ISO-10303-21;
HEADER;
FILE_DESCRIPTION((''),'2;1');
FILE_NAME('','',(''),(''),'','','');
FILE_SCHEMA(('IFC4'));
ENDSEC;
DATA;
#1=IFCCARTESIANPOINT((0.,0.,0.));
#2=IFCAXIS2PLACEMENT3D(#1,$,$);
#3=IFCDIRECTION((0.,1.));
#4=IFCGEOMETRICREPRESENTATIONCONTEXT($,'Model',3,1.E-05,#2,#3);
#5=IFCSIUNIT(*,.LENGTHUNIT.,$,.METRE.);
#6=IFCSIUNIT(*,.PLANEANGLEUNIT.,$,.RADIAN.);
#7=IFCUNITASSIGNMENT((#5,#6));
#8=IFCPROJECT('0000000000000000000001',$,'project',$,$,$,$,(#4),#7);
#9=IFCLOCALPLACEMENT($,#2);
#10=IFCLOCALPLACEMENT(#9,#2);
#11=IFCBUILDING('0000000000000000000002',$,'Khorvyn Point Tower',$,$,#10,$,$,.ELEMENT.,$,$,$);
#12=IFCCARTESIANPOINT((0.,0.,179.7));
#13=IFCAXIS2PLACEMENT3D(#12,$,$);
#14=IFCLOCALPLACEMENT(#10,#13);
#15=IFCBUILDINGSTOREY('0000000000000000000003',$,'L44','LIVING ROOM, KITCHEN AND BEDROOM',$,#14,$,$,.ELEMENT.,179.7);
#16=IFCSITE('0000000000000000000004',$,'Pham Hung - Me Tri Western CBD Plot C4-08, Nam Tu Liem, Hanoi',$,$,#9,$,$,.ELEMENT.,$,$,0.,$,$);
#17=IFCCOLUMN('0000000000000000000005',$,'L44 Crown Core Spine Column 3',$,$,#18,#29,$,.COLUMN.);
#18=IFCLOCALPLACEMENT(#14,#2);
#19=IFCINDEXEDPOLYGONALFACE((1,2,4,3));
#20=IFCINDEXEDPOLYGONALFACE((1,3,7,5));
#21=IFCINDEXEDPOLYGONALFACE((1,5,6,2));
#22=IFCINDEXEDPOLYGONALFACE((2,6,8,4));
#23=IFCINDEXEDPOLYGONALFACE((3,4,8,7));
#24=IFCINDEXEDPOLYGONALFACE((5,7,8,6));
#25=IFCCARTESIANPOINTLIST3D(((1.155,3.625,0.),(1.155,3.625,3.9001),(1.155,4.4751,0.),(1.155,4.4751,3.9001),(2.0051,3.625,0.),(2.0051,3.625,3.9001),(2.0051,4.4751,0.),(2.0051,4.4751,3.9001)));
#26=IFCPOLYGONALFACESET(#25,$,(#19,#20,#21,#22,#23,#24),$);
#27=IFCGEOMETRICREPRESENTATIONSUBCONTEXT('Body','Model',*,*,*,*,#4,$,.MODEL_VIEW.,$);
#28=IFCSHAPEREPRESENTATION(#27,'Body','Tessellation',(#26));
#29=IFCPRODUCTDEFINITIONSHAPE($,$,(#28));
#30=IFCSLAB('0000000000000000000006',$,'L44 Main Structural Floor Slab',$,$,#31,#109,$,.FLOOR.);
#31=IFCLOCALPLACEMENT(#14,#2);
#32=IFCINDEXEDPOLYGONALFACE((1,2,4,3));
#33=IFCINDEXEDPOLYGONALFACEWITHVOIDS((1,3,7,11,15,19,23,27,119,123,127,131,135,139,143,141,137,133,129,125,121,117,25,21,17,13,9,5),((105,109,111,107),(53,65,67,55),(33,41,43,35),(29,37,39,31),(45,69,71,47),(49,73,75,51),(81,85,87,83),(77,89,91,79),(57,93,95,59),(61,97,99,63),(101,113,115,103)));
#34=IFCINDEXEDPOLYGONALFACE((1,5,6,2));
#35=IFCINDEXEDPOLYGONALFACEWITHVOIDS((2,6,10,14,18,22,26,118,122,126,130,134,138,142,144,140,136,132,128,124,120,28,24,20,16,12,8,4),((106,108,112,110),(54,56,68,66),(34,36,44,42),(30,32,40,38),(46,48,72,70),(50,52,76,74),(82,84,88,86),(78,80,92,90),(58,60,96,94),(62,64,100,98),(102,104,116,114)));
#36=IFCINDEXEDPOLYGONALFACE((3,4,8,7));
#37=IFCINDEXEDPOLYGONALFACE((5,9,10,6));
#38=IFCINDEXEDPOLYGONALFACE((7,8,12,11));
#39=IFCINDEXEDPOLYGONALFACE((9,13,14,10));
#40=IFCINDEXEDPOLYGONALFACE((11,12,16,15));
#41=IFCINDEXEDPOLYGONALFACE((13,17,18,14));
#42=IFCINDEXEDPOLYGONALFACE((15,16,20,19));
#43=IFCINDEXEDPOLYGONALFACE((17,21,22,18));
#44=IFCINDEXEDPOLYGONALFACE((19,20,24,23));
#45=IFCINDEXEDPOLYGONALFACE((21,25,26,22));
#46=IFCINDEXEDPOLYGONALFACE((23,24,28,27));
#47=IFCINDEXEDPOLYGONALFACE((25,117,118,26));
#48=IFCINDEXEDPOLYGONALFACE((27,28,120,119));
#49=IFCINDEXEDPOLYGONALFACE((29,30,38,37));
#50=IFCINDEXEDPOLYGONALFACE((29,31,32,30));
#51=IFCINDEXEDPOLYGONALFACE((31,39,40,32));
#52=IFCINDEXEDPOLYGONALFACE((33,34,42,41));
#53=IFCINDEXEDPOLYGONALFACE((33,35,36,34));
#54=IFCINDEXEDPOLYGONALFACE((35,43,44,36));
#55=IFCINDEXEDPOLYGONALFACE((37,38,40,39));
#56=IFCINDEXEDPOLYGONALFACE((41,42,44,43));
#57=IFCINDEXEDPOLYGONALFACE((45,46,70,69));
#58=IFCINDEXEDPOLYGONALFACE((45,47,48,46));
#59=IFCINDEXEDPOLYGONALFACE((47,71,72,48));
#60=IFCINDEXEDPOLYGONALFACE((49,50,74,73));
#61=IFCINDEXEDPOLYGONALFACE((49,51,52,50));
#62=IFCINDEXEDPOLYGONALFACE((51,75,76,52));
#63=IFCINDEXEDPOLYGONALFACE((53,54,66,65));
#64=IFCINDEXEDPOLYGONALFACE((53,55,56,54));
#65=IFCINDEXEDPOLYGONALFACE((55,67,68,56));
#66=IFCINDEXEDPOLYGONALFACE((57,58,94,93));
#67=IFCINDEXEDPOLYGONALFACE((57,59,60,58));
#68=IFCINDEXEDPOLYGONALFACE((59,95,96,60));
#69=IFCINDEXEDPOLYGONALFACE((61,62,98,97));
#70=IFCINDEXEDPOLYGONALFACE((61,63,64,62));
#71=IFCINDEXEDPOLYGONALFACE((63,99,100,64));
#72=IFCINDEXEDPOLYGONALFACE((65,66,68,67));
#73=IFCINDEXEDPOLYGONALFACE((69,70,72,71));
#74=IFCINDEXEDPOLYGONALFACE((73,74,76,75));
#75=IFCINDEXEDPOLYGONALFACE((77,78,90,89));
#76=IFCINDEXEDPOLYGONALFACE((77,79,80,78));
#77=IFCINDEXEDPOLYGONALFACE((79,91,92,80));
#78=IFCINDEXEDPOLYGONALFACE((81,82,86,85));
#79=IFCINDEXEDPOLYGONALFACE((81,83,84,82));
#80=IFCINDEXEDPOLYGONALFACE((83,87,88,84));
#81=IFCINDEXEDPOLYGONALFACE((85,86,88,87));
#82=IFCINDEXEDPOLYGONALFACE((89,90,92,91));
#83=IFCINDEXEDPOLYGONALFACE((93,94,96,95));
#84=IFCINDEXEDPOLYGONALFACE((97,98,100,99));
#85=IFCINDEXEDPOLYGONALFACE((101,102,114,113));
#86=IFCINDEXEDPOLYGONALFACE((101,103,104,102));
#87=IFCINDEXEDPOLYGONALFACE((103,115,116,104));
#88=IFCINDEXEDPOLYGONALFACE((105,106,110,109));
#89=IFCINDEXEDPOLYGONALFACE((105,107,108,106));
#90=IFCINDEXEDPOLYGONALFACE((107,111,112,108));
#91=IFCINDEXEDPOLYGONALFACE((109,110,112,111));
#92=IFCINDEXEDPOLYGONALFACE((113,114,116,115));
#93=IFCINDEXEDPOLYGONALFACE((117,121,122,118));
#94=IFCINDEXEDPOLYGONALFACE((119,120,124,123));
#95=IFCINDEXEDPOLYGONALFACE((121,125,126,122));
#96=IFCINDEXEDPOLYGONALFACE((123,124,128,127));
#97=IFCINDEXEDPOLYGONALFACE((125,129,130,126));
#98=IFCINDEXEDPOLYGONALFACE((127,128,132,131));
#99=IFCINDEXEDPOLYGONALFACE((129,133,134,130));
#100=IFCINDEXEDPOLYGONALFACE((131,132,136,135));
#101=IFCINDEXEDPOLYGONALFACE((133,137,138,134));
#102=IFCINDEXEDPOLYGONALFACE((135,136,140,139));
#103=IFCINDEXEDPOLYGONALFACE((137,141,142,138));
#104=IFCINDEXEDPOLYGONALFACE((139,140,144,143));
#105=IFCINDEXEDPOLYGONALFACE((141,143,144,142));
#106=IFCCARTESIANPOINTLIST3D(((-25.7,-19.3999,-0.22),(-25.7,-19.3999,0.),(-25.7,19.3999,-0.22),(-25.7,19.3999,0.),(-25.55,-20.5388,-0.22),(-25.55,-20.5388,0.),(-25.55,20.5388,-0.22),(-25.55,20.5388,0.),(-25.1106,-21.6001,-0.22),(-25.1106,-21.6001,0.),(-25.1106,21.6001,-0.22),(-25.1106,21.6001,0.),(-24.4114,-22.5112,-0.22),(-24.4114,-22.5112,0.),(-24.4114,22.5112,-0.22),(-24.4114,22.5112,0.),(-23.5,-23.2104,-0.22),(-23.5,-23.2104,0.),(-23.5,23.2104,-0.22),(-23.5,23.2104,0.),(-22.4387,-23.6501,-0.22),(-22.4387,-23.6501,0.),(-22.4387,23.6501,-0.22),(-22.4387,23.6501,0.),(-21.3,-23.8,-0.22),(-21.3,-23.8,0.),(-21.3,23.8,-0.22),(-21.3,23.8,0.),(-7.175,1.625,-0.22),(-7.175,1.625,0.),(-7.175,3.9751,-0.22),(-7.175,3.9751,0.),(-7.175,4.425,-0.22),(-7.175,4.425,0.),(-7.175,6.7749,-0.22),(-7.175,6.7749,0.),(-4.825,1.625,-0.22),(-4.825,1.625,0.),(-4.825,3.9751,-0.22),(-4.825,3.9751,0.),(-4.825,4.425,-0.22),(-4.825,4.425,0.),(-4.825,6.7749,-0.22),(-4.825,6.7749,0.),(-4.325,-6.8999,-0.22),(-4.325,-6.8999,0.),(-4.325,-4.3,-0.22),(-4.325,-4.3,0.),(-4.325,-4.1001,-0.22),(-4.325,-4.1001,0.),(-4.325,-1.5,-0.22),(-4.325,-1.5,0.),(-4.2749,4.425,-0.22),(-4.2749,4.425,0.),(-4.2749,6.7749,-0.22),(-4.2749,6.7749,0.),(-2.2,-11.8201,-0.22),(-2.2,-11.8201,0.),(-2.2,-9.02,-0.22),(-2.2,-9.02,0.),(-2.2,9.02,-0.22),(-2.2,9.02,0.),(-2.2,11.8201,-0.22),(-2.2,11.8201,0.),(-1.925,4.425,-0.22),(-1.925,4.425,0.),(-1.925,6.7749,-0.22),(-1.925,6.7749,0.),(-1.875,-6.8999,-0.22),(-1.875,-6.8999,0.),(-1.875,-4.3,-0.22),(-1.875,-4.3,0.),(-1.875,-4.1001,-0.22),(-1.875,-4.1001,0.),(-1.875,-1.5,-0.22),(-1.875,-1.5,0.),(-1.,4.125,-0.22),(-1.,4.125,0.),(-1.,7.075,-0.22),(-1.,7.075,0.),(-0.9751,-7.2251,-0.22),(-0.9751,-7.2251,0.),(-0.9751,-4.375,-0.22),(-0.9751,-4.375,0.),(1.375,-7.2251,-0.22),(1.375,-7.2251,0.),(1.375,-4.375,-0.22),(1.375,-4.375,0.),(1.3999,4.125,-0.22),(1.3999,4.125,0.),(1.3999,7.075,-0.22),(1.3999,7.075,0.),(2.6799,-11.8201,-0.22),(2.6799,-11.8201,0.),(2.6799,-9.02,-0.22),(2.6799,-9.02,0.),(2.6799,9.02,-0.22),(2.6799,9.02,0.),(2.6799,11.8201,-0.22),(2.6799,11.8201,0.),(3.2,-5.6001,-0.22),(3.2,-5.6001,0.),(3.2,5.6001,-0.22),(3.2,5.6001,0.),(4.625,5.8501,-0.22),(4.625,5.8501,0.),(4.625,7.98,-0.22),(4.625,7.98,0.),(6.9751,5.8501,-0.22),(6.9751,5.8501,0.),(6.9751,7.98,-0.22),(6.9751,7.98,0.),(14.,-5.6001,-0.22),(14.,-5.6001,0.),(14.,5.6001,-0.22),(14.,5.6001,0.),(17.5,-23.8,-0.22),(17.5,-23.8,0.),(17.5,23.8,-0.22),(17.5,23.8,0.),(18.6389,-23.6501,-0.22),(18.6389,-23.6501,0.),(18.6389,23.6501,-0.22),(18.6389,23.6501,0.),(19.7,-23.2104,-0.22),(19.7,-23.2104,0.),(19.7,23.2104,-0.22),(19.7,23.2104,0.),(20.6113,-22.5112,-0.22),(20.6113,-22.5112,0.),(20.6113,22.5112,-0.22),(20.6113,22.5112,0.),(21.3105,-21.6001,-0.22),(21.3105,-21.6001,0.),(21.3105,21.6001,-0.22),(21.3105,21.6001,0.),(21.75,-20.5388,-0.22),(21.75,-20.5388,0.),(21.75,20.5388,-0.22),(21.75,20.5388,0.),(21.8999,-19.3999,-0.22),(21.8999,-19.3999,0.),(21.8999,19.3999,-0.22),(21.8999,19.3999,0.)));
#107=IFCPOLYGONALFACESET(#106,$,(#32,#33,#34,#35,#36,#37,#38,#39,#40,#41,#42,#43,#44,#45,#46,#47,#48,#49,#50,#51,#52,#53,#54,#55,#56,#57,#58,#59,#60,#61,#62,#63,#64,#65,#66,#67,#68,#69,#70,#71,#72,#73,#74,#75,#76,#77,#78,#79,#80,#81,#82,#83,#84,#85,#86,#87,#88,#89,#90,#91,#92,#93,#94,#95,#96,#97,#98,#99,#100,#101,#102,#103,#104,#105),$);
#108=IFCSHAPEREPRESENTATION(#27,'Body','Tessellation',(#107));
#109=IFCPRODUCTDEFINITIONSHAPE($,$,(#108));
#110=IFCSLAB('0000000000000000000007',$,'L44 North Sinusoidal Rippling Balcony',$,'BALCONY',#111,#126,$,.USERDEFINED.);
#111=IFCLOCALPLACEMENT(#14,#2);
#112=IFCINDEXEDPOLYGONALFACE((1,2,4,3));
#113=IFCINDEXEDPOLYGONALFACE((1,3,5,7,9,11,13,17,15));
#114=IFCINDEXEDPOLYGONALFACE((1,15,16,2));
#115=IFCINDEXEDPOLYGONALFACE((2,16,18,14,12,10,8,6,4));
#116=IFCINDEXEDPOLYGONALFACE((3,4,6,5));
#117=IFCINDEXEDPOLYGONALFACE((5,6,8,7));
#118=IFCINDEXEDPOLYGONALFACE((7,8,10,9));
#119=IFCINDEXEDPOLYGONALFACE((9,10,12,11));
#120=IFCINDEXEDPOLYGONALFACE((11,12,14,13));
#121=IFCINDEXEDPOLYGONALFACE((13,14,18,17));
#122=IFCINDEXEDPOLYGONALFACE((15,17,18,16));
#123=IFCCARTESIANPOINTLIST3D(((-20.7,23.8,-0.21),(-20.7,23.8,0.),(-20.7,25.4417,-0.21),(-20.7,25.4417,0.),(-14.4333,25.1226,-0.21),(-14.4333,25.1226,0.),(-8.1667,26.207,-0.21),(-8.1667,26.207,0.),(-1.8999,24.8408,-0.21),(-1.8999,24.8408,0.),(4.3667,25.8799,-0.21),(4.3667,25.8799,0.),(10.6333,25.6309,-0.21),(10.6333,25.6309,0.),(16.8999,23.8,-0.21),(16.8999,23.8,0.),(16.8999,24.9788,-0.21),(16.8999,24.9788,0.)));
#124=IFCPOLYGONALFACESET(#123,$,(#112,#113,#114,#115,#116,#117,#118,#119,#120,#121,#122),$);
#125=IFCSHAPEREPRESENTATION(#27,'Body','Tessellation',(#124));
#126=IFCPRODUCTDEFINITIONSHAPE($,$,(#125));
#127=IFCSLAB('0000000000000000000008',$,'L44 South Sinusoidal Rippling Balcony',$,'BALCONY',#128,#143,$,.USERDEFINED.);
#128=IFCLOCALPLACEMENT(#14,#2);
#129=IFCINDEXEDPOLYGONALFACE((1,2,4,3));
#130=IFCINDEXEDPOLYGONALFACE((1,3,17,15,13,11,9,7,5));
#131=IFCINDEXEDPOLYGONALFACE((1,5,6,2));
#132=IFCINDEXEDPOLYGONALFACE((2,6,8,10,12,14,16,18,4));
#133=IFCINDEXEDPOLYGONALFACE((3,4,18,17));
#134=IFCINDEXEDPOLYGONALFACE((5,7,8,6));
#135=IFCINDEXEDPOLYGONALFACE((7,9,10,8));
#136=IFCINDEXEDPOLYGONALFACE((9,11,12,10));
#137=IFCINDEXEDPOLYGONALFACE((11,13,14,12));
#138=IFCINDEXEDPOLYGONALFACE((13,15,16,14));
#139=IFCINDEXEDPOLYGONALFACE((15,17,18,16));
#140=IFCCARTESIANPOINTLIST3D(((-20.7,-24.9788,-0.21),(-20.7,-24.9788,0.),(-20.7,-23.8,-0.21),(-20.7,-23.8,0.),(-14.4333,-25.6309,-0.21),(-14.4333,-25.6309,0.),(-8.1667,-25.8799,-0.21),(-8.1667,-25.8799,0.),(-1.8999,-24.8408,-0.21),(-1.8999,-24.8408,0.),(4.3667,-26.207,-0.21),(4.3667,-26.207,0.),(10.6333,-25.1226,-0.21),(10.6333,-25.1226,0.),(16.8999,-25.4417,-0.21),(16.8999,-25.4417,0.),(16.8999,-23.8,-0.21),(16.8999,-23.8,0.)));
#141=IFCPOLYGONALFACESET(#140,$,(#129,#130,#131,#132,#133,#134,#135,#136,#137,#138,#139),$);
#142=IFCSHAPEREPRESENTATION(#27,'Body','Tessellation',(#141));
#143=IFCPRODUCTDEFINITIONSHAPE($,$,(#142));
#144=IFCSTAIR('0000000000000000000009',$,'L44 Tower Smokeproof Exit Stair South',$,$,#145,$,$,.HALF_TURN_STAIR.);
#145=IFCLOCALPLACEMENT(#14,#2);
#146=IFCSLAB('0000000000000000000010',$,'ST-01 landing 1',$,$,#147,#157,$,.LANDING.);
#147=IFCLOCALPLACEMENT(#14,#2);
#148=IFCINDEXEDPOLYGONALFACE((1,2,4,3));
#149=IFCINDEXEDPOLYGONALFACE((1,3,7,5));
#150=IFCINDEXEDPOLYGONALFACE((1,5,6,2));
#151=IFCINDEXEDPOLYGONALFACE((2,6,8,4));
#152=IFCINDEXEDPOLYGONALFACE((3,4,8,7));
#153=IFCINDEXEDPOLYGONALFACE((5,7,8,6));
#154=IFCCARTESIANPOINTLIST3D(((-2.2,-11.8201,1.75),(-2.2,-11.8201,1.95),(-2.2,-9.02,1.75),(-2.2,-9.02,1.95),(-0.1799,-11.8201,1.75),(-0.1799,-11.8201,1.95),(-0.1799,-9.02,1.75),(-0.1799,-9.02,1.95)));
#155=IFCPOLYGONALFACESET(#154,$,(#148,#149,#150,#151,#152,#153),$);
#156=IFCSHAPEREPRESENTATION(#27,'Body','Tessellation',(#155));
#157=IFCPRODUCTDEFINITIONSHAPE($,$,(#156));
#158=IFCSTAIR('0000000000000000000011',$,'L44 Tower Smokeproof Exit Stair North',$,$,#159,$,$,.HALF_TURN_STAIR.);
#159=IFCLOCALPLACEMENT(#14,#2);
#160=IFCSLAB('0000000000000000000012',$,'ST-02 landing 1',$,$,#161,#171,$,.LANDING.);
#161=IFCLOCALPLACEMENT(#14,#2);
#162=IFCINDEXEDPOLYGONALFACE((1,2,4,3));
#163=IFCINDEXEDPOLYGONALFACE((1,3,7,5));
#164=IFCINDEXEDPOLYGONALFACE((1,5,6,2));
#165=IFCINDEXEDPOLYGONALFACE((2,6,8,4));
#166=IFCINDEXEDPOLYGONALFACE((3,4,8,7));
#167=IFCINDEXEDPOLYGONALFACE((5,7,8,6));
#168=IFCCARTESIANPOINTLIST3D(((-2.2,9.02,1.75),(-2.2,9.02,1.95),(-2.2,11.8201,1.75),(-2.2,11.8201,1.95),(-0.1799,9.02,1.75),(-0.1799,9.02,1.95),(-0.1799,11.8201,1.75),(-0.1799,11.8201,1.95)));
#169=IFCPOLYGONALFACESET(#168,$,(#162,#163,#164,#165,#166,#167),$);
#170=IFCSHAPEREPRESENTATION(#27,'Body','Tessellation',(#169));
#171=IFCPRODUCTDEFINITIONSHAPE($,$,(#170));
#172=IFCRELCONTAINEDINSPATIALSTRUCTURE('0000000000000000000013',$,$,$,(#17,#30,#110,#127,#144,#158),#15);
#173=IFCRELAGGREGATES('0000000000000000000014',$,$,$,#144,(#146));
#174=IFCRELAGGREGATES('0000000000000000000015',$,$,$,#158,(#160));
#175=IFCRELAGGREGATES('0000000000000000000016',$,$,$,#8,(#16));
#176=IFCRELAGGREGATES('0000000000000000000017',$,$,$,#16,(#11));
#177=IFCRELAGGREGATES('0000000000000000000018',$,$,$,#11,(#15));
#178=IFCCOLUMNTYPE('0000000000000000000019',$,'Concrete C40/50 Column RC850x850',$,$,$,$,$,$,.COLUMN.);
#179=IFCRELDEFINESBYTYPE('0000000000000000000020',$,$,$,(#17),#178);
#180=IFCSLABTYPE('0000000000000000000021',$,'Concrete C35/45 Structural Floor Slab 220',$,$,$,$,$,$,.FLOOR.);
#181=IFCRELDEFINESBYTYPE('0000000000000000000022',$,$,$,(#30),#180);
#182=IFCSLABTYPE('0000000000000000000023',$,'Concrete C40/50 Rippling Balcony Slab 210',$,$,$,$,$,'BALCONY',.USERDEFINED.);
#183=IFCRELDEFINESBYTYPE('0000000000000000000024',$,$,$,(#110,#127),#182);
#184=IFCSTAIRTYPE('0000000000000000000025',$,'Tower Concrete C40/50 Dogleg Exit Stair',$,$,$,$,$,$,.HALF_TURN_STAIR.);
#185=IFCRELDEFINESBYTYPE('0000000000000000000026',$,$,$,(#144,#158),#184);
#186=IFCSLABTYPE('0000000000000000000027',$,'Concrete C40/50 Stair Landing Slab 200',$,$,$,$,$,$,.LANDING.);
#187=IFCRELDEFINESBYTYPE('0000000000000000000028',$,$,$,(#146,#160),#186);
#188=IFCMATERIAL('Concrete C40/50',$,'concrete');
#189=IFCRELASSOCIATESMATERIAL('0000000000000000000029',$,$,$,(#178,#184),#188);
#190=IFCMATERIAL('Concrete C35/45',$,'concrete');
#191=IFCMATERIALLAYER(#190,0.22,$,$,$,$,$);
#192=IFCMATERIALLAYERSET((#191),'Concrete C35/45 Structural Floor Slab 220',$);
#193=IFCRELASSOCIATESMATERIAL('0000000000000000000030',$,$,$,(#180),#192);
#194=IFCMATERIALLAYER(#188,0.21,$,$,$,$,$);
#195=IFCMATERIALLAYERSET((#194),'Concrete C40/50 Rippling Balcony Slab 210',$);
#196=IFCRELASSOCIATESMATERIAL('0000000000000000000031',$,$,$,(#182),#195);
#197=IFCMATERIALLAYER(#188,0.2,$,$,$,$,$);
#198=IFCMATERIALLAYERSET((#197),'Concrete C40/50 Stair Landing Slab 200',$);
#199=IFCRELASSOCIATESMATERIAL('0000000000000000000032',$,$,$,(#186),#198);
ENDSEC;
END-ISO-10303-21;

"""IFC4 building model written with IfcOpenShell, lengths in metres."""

from ifc_helpers import new_model, si_unit, direction, frame, origin, origin_2d, place, context, subcontext, project, spatial, polyline, rectangle, outline, extrude, material, layer, layer_set, material_profile, profile_set, type_object, element, aggregate, save


model = new_model("IFC4")

# Units and contexts
model_context = context("Model", 3, precision=1e-05, world=origin(), true_north=direction((0.0, 1.0)))
body_context = subcontext(model_context, "Body", "Model", "MODEL_VIEW")
ifc_project = project(units=[si_unit("LENGTHUNIT", "METRE"), si_unit("PLANEANGLEUNIT", "RADIAN")], contexts=[model_context])

# Site, building, storey
site_placement = place(None, origin())
site = spatial("IfcSite", under=ifc_project, at=site_placement, Name="Pham Hung - Me Tri Western CBD Plot C4-08, Nam Tu Liem, Hanoi", CompositionType="ELEMENT", RefElevation=0.0)
building_placement = place(site_placement, origin())
building = spatial("IfcBuilding", under=site, at=building_placement, Name="Khorvyn Point Tower", CompositionType="ELEMENT")
storey_placement = place(building_placement, frame((0.0, 0.0, 179.7)))
storey = spatial("IfcBuildingStorey", under=building, at=storey_placement, Name="L44", Description="LIVING ROOM, KITCHEN AND BEDROOM", CompositionType="ELEMENT", Elevation=179.7)

# Column
ifc_material_1 = material(Name="Concrete C40/50", Category="concrete")
ifc_material_profile = material_profile(ifc_material_1, rectangle(XDim=0.8501, YDim=0.8501, at=origin_2d()))
ifc_profile_set = profile_set([ifc_material_profile], Name="Concrete C40/50 RC850x850")
column_type = type_object("IfcColumnType", Name="Concrete C40/50 Column RC850x850", PredefinedType="COLUMN", material=ifc_profile_set)
column_placement = place(storey_placement, frame((1.5801, 4.05, 0.0), z_axis=(0.0, 0.0, 1.0), x_axis=(1.0, 0.0, 0.0)))
element("IfcColumn", 1, at=column_placement, inside=storey, type_object=column_type, Name="L44 Crown Core Spine Column 3", PredefinedType="COLUMN", context=body_context, shape_type="SweptSolid", body=[
    extrude(rectangle(XDim=0.8501, YDim=0.8501, at=origin_2d()), origin(), (0.0, 0.0, 1.0), 3.9001),
])

# Slabs
ifc_material_2 = material(Name="Concrete C35/45", Category="concrete")
ifc_layer_1 = layer(ifc_material_2, 0.22)
ifc_layer_set_1 = layer_set([ifc_layer_1], Name="Concrete C35/45 Structural Floor Slab 220")
slab_type_1 = type_object("IfcSlabType", Name="Concrete C35/45 Structural Floor Slab 220", PredefinedType="FLOOR", material=ifc_layer_set_1)
slab_1_placement = place(storey_placement, frame((0.0, 0.0, -0.22)))
element("IfcSlab", 2, at=slab_1_placement, inside=storey, type_object=slab_type_1, Name="L44 Main Structural Floor Slab", PredefinedType="FLOOR", context=body_context, shape_type="SweptSolid", body=[
    extrude(outline(polyline([(-21.3, -23.8), (-22.4387, -23.6501), (-23.5, -23.2104), (-24.4114, -22.5112), (-25.1106, -21.6001), (-25.55, -20.5388), (-25.7, -19.3999), (-25.7, 19.3999), (-25.55, 20.5388), (-25.1106, 21.6001), (-24.4114, 22.5112), (-23.5, 23.2104), (-22.4387, 23.6501), (-21.3, 23.8), (17.5, 23.8), (18.6389, 23.6501), (19.7, 23.2104), (20.6113, 22.5112), (21.3105, 21.6001), (21.75, 20.5388), (21.8999, 19.3999), (21.8999, -19.3999), (21.75, -20.5388), (21.3105, -21.6001), (20.6113, -22.5112), (19.7, -23.2104), (18.6389, -23.6501), (17.5, -23.8), (-21.3, -23.8)]), holes=[polyline([(-1.875, -6.8999), (-1.875, -4.3), (-4.325, -4.3), (-4.325, -6.8999), (-1.875, -6.8999)]), polyline([(-1.875, -4.1001), (-1.875, -1.5), (-4.325, -1.5), (-4.325, -4.1001), (-1.875, -4.1001)]), polyline([(-4.825, 1.625), (-4.825, 3.9751), (-7.175, 3.9751), (-7.175, 1.625), (-4.825, 1.625)]), polyline([(-7.175, 4.425), (-4.825, 4.425), (-4.825, 6.7749), (-7.175, 6.7749), (-7.175, 4.425)]), polyline([(-4.2749, 4.425), (-1.925, 4.425), (-1.925, 6.7749), (-4.2749, 6.7749), (-4.2749, 4.425)]), polyline([(1.3999, 4.125), (1.3999, 7.075), (-1.0, 7.075), (-1.0, 4.125), (1.3999, 4.125)]), polyline([(-2.2, -11.8201), (2.6799, -11.8201), (2.6799, -9.02), (-2.2, -9.02), (-2.2, -11.8201)]), polyline([(-0.9751, -7.2251), (1.375, -7.2251), (1.375, -4.375), (-0.9751, -4.375), (-0.9751, -7.2251)]), polyline([(14.0, -5.6001), (14.0, 5.6001), (3.2, 5.6001), (3.2, -5.6001), (14.0, -5.6001)]), polyline([(4.625, 5.8501), (6.9751, 5.8501), (6.9751, 7.98), (4.625, 7.98), (4.625, 5.8501)]), polyline([(-2.2, 9.02), (2.6799, 9.02), (2.6799, 11.8201), (-2.2, 11.8201), (-2.2, 9.02)])]), origin(), (0.0, 0.0, 1.0), 0.22),
])
ifc_layer_2 = layer(ifc_material_1, 0.21)
ifc_layer_set_2 = layer_set([ifc_layer_2], Name="Concrete C40/50 Rippling Balcony Slab 210")
slab_type_2 = type_object("IfcSlabType", Name="Concrete C40/50 Rippling Balcony Slab 210", ElementType="BALCONY", PredefinedType="USERDEFINED", material=ifc_layer_set_2)
slab_2_placement = place(storey_placement, frame((0.0, 0.0, -0.21)))
element("IfcSlab", 3, at=slab_2_placement, inside=storey, type_object=slab_type_2, Name="L44 North Sinusoidal Rippling Balcony", ObjectType="BALCONY", PredefinedType="USERDEFINED", context=body_context, shape_type="SweptSolid", body=[
    extrude(outline(polyline([(16.8999, 23.8), (16.8999, 24.9788), (10.6333, 25.6309), (4.3667, 25.8799), (-1.8999, 24.8408), (-8.1667, 26.207), (-14.4333, 25.1226), (-20.7, 25.4417), (-20.7, 23.8), (16.8999, 23.8)])), origin(), (0.0, 0.0, 1.0), 0.21),
])
slab_3_placement = place(storey_placement, frame((0.0, 0.0, -0.21)))
element("IfcSlab", 4, at=slab_3_placement, inside=storey, type_object=slab_type_2, Name="L44 South Sinusoidal Rippling Balcony", ObjectType="BALCONY", PredefinedType="USERDEFINED", context=body_context, shape_type="SweptSolid", body=[
    extrude(outline(polyline([(-20.7, -23.8), (-20.7, -24.9788), (-14.4333, -25.6309), (-8.1667, -25.8799), (-1.8999, -24.8408), (4.3667, -26.207), (10.6333, -25.1226), (16.8999, -25.4417), (16.8999, -23.8), (-20.7, -23.8)])), origin(), (0.0, 0.0, 1.0), 0.21),
])

# Stairs, slabs
stair_type = type_object("IfcStairType", Name="Tower Concrete C40/50 Dogleg Exit Stair", PredefinedType="HALF_TURN_STAIR", material=ifc_material_1)
stair_1_placement = place(storey_placement, origin())
stair_1 = element("IfcStair", 5, at=stair_1_placement, inside=storey, type_object=stair_type, Name="L44 Tower Smokeproof Exit Stair South", PredefinedType="HALF_TURN_STAIR")
ifc_layer_3 = layer(ifc_material_1, 0.2)
ifc_layer_set_3 = layer_set([ifc_layer_3], Name="Concrete C40/50 Stair Landing Slab 200")
slab_type_3 = type_object("IfcSlabType", Name="Concrete C40/50 Stair Landing Slab 200", PredefinedType="LANDING", material=ifc_layer_set_3)
slab_4_placement = place(storey_placement, frame((0.0, 0.0, 1.75)))
slab_4 = element("IfcSlab", 6, at=slab_4_placement, type_object=slab_type_3, Name="ST-01 landing 1", PredefinedType="LANDING", context=body_context, shape_type="SweptSolid", body=[
    extrude(outline(polyline([(-0.1799, -9.02), (-2.2, -9.02), (-2.2, -11.8201), (-0.1799, -11.8201), (-0.1799, -9.02)])), origin(), (0.0, 0.0, 1.0), 0.2),
])
aggregate(stair_1, [slab_4])
stair_2_placement = place(storey_placement, origin())
stair_2 = element("IfcStair", 7, at=stair_2_placement, inside=storey, type_object=stair_type, Name="L44 Tower Smokeproof Exit Stair North", PredefinedType="HALF_TURN_STAIR")
slab_5_placement = place(storey_placement, frame((0.0, 0.0, 1.75)))
slab_5 = element("IfcSlab", 8, at=slab_5_placement, type_object=slab_type_3, Name="ST-02 landing 1", PredefinedType="LANDING", context=body_context, shape_type="SweptSolid", body=[
    extrude(outline(polyline([(-0.1799, 11.8201), (-2.2, 11.8201), (-2.2, 9.02), (-0.1799, 9.02), (-0.1799, 11.8201)])), origin(), (0.0, 0.0, 1.0), 0.2),
])

aggregate(stair_2, [slab_5])

save(model, "model.ifc")
